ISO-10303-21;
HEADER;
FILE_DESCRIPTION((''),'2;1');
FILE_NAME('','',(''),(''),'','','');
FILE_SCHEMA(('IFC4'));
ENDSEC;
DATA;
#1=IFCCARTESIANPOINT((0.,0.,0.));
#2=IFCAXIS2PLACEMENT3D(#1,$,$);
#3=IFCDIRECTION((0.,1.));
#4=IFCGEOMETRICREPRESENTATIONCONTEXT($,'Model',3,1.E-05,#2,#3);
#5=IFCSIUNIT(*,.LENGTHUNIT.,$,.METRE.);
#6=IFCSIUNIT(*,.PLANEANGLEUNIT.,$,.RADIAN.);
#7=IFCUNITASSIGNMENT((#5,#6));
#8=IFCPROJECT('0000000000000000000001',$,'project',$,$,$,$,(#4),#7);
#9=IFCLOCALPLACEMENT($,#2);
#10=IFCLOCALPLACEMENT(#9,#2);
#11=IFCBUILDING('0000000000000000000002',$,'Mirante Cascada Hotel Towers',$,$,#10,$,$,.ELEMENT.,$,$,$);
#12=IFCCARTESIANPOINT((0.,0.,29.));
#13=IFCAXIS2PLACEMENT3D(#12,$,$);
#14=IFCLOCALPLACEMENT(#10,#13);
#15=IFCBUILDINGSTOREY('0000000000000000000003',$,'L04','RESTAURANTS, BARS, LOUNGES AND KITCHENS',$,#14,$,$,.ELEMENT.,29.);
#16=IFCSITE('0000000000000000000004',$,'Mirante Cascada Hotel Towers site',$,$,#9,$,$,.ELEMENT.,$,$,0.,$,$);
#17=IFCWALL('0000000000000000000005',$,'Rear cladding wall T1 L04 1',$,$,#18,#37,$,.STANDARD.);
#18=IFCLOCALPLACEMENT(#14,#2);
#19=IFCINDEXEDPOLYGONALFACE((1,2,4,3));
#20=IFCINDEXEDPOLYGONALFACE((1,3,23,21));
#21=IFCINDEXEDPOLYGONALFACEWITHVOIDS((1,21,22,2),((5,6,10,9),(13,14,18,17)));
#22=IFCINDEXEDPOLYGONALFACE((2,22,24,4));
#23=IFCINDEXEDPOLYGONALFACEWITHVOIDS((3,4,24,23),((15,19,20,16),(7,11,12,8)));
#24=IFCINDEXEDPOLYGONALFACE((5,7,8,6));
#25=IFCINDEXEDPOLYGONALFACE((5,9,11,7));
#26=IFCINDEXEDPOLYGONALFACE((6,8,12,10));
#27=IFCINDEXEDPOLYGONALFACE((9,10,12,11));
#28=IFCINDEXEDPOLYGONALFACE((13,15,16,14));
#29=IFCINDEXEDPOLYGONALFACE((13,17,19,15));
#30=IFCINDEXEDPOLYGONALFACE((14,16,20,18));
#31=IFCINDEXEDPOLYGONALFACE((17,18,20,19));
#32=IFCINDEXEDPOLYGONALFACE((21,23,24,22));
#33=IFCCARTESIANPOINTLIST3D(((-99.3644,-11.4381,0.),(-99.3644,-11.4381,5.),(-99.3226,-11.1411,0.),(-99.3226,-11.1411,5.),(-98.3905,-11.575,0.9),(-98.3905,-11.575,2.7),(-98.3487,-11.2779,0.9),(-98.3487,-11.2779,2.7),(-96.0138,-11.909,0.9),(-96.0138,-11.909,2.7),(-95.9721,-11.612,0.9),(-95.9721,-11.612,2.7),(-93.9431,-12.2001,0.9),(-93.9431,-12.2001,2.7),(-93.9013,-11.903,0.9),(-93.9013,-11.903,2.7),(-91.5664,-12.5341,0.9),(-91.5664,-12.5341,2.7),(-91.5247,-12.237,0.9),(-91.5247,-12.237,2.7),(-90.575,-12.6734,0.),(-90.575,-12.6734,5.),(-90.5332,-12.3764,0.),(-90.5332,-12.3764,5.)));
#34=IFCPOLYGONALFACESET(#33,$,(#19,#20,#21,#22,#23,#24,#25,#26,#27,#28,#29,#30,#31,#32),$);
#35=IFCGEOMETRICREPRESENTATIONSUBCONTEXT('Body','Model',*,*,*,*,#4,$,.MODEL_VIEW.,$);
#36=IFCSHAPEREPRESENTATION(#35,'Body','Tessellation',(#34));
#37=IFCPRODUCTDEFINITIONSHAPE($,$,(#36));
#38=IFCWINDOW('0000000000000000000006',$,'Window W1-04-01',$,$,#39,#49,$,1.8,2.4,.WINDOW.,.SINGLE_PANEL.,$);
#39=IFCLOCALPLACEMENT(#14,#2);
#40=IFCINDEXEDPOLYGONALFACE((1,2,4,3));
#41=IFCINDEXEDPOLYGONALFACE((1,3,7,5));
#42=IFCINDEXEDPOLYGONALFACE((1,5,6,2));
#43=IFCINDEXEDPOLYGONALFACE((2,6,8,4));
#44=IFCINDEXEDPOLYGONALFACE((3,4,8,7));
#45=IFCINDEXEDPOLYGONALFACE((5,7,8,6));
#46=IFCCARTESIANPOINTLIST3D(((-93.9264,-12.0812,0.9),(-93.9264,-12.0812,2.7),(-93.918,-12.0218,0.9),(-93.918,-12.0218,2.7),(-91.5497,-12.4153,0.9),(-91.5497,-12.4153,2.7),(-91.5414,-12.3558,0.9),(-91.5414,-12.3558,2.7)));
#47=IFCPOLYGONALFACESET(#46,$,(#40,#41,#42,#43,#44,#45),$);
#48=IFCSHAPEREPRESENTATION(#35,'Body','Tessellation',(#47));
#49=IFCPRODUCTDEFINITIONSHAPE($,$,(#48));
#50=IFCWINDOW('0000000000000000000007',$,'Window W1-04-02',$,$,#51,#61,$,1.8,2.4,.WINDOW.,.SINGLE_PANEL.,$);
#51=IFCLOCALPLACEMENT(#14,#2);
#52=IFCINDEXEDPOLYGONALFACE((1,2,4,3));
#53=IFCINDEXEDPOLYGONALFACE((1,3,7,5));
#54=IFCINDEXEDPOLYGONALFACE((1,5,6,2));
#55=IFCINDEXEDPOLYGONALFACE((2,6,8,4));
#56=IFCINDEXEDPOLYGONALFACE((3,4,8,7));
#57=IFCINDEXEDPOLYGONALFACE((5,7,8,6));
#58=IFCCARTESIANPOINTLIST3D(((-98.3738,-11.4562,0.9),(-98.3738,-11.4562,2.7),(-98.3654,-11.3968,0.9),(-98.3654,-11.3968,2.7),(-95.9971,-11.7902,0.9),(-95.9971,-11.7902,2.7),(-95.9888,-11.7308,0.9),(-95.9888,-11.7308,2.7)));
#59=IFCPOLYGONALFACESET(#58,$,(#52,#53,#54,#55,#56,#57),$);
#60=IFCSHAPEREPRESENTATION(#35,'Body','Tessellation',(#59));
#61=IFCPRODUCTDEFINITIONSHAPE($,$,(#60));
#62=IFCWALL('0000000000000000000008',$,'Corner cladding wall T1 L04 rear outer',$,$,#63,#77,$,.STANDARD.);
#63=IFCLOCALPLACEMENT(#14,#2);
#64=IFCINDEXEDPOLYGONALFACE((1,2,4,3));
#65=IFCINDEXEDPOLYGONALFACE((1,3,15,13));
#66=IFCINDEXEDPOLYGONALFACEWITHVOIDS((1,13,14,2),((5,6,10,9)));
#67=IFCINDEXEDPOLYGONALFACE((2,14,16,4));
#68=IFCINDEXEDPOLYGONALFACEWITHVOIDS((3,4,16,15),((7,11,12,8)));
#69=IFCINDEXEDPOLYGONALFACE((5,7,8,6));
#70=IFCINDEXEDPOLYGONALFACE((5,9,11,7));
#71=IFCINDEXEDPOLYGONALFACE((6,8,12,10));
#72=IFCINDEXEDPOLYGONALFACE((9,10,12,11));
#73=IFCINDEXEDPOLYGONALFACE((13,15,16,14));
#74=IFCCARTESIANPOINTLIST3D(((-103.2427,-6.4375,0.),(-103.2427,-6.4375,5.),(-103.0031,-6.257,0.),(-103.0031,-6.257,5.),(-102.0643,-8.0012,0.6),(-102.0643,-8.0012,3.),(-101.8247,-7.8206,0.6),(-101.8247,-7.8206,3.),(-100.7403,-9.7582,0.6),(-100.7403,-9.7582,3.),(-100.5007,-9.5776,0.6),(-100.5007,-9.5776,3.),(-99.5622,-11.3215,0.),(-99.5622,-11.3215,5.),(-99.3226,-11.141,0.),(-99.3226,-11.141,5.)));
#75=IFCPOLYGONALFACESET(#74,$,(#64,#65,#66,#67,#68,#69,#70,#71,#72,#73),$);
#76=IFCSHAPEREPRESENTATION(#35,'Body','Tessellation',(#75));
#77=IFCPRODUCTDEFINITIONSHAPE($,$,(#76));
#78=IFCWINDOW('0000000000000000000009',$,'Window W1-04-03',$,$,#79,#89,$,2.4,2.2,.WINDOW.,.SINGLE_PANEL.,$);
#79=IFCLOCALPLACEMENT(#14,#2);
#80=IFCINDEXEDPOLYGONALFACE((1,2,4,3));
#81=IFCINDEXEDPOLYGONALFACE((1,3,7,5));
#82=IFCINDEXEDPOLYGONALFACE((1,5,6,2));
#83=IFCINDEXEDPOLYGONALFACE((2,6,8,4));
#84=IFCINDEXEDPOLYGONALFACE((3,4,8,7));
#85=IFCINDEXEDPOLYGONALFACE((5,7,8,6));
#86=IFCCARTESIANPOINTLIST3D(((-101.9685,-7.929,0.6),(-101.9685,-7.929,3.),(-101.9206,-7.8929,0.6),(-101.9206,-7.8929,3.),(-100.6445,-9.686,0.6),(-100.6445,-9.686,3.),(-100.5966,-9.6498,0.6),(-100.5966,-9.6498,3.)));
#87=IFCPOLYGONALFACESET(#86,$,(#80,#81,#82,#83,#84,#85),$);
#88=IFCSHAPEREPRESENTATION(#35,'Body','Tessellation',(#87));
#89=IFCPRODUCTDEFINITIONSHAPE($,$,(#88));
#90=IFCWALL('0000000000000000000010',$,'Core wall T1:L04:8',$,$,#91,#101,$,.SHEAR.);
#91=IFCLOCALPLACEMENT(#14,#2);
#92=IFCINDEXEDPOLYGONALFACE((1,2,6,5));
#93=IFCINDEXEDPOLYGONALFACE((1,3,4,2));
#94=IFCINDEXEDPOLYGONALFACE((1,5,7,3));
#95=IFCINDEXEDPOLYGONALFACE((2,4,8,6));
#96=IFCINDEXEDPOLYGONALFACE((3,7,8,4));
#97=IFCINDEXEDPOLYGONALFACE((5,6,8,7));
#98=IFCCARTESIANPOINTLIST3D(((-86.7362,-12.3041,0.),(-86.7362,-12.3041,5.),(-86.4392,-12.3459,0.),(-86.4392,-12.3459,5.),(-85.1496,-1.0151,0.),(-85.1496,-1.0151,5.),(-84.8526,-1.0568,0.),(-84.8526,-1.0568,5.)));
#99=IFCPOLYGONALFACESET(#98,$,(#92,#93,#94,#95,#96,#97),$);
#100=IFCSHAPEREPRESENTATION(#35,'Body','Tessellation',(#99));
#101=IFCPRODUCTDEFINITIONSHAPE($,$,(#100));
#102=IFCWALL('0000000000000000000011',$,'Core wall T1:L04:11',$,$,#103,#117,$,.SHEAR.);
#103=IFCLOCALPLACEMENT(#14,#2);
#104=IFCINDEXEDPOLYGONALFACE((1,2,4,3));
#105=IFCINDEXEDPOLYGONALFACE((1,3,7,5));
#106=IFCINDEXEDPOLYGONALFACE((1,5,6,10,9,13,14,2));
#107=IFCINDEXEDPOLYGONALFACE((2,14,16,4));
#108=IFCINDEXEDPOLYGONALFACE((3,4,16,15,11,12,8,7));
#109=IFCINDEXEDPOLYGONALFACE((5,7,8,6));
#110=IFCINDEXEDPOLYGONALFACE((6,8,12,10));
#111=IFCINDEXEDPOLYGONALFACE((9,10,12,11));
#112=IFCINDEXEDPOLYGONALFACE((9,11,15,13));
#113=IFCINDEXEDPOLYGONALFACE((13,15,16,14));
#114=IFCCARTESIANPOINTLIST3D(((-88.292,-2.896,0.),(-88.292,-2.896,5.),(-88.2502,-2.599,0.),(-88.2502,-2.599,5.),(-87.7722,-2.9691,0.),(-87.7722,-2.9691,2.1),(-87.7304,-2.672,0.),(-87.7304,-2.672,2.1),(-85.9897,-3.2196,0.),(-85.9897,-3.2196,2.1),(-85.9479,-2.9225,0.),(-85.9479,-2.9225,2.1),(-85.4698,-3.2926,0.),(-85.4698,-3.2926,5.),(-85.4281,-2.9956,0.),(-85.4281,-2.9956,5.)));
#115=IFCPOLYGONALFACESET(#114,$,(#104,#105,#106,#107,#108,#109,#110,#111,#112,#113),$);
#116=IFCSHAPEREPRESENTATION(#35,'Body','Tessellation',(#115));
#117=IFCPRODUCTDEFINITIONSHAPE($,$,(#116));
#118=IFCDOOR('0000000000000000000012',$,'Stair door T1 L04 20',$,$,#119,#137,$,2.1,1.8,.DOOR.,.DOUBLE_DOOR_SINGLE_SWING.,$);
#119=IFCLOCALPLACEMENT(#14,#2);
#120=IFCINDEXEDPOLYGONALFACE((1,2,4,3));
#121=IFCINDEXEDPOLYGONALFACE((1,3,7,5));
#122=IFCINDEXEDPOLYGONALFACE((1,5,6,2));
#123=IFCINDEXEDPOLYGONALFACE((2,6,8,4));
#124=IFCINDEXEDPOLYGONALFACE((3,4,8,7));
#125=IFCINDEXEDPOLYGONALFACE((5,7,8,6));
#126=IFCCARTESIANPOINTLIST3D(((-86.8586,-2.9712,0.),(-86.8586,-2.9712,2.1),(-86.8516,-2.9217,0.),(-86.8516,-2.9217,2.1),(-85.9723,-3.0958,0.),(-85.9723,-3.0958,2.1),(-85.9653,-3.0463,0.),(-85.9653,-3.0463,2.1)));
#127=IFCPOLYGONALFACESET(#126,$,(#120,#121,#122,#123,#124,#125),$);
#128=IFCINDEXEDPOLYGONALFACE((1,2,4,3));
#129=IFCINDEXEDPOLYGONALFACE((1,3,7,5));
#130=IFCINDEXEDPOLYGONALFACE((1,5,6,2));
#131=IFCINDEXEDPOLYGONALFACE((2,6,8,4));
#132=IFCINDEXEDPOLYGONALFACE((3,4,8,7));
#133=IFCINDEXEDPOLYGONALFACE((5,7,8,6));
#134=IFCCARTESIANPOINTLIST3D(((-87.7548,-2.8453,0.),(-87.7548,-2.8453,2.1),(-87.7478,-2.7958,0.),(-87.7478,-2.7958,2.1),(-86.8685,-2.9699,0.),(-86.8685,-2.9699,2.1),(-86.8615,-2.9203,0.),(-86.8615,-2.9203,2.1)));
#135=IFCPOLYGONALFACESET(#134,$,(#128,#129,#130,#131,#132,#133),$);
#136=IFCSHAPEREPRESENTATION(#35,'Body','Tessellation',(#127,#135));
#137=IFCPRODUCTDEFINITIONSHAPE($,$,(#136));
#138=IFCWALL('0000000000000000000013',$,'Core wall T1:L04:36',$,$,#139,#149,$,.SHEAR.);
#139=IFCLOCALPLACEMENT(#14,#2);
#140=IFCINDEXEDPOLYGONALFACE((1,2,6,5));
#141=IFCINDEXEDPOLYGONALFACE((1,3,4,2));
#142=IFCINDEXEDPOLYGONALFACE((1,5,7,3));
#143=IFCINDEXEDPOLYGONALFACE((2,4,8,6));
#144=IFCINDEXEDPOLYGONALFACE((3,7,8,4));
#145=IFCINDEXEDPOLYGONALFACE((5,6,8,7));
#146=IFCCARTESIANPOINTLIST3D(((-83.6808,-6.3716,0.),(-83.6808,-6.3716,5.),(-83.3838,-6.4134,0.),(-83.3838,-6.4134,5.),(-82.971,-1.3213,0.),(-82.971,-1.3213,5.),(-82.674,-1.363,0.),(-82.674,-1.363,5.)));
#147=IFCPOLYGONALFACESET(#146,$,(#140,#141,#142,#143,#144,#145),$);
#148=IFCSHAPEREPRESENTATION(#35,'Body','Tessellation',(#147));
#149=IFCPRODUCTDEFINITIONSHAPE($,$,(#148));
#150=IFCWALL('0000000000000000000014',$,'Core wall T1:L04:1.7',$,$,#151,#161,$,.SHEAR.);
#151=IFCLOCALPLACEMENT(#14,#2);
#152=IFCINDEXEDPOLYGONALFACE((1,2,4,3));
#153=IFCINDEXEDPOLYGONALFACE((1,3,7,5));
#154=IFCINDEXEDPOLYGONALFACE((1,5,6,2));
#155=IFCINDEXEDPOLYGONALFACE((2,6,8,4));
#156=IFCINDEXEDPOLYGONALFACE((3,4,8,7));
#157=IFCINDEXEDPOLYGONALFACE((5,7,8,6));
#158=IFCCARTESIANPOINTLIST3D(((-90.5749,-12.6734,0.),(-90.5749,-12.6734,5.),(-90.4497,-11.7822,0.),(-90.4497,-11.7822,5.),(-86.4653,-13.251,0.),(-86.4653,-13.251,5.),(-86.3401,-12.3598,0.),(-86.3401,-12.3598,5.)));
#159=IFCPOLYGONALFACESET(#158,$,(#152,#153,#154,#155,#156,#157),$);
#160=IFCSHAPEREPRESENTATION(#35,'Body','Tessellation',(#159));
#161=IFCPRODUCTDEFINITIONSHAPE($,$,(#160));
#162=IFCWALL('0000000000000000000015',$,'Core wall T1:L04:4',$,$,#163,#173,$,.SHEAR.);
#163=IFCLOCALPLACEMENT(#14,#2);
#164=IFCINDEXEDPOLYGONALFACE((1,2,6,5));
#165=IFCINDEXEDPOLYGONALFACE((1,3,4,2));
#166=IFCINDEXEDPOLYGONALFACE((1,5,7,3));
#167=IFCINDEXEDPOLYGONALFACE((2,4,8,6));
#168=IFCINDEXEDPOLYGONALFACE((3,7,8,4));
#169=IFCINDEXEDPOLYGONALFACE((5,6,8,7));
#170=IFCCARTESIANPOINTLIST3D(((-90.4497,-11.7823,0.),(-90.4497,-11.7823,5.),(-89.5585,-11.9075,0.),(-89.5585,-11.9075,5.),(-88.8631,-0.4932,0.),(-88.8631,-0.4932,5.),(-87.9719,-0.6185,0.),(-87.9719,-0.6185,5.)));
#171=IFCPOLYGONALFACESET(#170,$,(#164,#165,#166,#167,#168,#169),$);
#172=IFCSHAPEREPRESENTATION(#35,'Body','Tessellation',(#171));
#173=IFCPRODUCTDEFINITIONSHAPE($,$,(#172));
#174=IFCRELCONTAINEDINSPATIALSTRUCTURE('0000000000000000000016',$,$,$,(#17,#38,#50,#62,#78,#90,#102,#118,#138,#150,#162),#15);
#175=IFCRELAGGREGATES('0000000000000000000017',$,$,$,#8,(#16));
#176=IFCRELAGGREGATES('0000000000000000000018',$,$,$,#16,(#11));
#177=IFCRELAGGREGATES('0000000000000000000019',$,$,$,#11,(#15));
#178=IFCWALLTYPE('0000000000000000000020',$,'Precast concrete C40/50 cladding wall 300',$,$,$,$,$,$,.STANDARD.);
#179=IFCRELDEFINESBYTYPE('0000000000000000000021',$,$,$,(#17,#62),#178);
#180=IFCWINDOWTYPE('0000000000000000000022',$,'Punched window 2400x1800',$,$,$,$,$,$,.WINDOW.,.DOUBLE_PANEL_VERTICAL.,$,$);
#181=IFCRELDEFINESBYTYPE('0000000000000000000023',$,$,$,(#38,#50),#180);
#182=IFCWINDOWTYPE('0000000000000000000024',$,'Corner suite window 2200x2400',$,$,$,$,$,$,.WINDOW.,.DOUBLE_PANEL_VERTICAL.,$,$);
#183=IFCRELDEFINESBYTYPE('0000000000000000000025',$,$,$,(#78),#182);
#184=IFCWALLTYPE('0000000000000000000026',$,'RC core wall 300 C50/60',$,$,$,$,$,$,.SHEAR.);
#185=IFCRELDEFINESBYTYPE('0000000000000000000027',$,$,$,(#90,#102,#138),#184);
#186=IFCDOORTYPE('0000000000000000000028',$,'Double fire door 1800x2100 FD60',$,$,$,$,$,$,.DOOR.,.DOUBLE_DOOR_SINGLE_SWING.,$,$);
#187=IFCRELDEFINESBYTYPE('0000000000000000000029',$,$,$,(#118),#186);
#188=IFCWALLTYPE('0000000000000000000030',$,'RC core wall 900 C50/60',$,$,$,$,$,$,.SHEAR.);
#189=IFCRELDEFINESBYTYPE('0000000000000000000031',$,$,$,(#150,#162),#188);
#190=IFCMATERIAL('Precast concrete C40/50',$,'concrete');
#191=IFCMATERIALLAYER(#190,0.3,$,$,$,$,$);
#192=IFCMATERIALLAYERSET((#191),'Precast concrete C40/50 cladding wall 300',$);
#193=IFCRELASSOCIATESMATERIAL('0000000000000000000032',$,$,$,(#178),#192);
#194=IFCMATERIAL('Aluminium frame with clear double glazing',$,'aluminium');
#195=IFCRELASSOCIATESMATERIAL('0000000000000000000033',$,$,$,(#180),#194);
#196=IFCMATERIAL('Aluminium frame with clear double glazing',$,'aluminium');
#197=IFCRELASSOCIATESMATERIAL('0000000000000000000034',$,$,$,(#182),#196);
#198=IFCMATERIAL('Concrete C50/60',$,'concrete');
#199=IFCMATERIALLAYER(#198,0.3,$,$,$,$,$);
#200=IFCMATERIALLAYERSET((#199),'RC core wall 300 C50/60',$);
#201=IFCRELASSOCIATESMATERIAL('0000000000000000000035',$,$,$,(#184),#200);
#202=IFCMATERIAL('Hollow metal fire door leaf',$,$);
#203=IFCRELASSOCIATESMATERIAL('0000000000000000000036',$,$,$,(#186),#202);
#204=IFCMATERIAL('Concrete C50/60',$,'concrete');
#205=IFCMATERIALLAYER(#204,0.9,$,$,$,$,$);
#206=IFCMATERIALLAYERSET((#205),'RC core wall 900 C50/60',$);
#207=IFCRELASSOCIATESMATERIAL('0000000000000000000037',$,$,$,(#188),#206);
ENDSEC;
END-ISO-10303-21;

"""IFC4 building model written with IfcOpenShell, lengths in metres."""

from ifc_helpers import new_model, si_unit, direction, frame, frame_2d, origin, place, context, subcontext, project, spatial, rectangle, extrude, material, layer, layer_set, type_object, element, fill, save


model = new_model("IFC4")

# Units and contexts
model_context = context("Model", 3, precision=1e-05, world=origin(), true_north=direction((0.0, 1.0)))
body_context = subcontext(model_context, "Body", "Model", "MODEL_VIEW")
ifc_project = project(units=[si_unit("LENGTHUNIT", "METRE"), si_unit("PLANEANGLEUNIT", "RADIAN")], contexts=[model_context])

# Site, building, storey
site_placement = place(None, origin())
site = spatial("IfcSite", under=ifc_project, at=site_placement, Name="Mirante Cascada Hotel Towers site", CompositionType="ELEMENT", RefElevation=0.0)
building_placement = place(site_placement, origin())
building = spatial("IfcBuilding", under=site, at=building_placement, Name="Mirante Cascada Hotel Towers", CompositionType="ELEMENT")
storey_placement = place(building_placement, frame((0.0, 0.0, 29.0)))
storey = spatial("IfcBuildingStorey", under=building, at=storey_placement, Name="L04", Description="RESTAURANTS, BARS, LOUNGES AND KITCHENS", CompositionType="ELEMENT", Elevation=29.0)

# Wall, openings, windows
ifc_material_1 = material(Name="Precast concrete C40/50", Category="concrete")
ifc_layer_1 = layer(ifc_material_1, 0.3)
ifc_layer_set_1 = layer_set([ifc_layer_1], Name="Precast concrete C40/50 cladding wall 300")
wall_type_1 = type_object("IfcWallType", Name="Precast concrete C40/50 cladding wall 300", PredefinedType="STANDARD", material=ifc_layer_set_1)
wall_1_placement = place(storey_placement, frame((-90.5541, -12.5249, 0.0), z_axis=(0.0, 0.0, 1.0), x_axis=(-0.990268, 0.139177, 0.0)))
wall_1 = element("IfcWall", 1, at=wall_1_placement, inside=storey, type_object=wall_type_1, Name="Rear cladding wall T1 L04 1", PredefinedType="STANDARD", context=body_context, shape_type="SweptSolid", body=[
    extrude(rectangle(XDim=8.8758, YDim=0.3, at=frame_2d((4.4379, 0.0))), origin(), (0.0, 0.0, 1.0), 5.0),
])
opening_1_placement = place(wall_1_placement, frame((1.0012, 0.0, 0.9)))
opening_1 = element("IfcOpeningElement", 2, at=opening_1_placement, cuts=wall_1, PredefinedType="OPENING", context=body_context, shape_type="SweptSolid", body=[
    extrude(rectangle(XDim=2.4, YDim=1.8, at=frame_2d((1.2, 0.9))), frame((0.0, 0.15, 0.0), z_axis=(0.0, -1.0, 0.0), x_axis=(1.0, 0.0, 0.0)), (0.0, 0.0, 1.0), 0.3),
])
opening_2_placement = place(wall_1_placement, frame((5.4923, 0.0, 0.9)))
opening_2 = element("IfcOpeningElement", 3, at=opening_2_placement, cuts=wall_1, PredefinedType="OPENING", context=body_context, shape_type="SweptSolid", body=[
    extrude(rectangle(XDim=2.4, YDim=1.8, at=frame_2d((1.2, 0.9))), frame((0.0, 0.15, 0.0), z_axis=(0.0, -1.0, 0.0), x_axis=(1.0, 0.0, 0.0)), (0.0, 0.0, 1.0), 0.3),
])
ifc_material_2 = material(Name="Aluminium frame with clear double glazing", Category="aluminium")
window_type_1 = type_object("IfcWindowType", Name="Punched window 2400x1800", PartitioningType="DOUBLE_PANEL_VERTICAL", PredefinedType="WINDOW", material=ifc_material_2)
window_1_placement = place(opening_1_placement, origin())
window_1 = element("IfcWindow", 4, at=window_1_placement, inside=storey, type_object=window_type_1, Name="Window W1-04-01", OverallHeight=1.8, OverallWidth=2.4, PartitioningType="SINGLE_PANEL", PredefinedType="WINDOW", context=body_context, shape_type="SweptSolid", body=[
    extrude(rectangle(XDim=2.4, YDim=1.8, at=frame_2d((1.2, 0.9))), frame((0.0, 0.03, 0.0), z_axis=(0.0, -1.0, 0.0), x_axis=(1.0, 0.0, 0.0)), (0.0, 0.0, 1.0), 0.06),
])
fill(opening_1, window_1)
window_2_placement = place(opening_2_placement, origin())
window_2 = element("IfcWindow", 5, at=window_2_placement, inside=storey, type_object=window_type_1, Name="Window W1-04-02", OverallHeight=1.8, OverallWidth=2.4, PartitioningType="SINGLE_PANEL", PredefinedType="WINDOW", context=body_context, shape_type="SweptSolid", body=[
    extrude(rectangle(XDim=2.4, YDim=1.8, at=frame_2d((1.2, 0.9))), frame((0.0, 0.03, 0.0), z_axis=(0.0, -1.0, 0.0), x_axis=(1.0, 0.0, 0.0)), (0.0, 0.0, 1.0), 0.06),
])
fill(opening_2, window_2)

# Wall, opening, window
wall_2_placement = place(storey_placement, frame((-99.4424, -11.2313, 0.0), z_axis=(0.0, 0.0, 1.0), x_axis=(-0.601819, 0.798632, 0.0)))
wall_2 = element("IfcWall", 6, at=wall_2_placement, inside=storey, type_object=wall_type_1, Name="Corner cladding wall T1 L04 rear outer", PredefinedType="STANDARD", context=body_context, shape_type="SweptSolid", body=[
    extrude(rectangle(XDim=6.1155, YDim=0.3, at=frame_2d((3.0578, 0.0))), origin(), (0.0, 0.0, 1.0), 5.0),
])
opening_3_placement = place(wall_2_placement, frame((1.9576, 0.0, 0.6)))
opening_3 = element("IfcOpeningElement", 7, at=opening_3_placement, cuts=wall_2, PredefinedType="OPENING", context=body_context, shape_type="SweptSolid", body=[
    extrude(rectangle(XDim=2.2, YDim=2.4, at=frame_2d((1.1, 1.2))), frame((0.0, 0.15, 0.0), z_axis=(0.0, -1.0, 0.0), x_axis=(1.0, 0.0, 0.0)), (0.0, 0.0, 1.0), 0.3),
])
ifc_material_3 = material(Name="Aluminium frame with clear double glazing", Category="aluminium")
window_type_2 = type_object("IfcWindowType", Name="Corner suite window 2200x2400", PartitioningType="DOUBLE_PANEL_VERTICAL", PredefinedType="WINDOW", material=ifc_material_3)
window_3_placement = place(opening_3_placement, origin())
window_3 = element("IfcWindow", 8, at=window_3_placement, inside=storey, type_object=window_type_2, Name="Window W1-04-03", OverallHeight=2.4, OverallWidth=2.2, PartitioningType="SINGLE_PANEL", PredefinedType="WINDOW", context=body_context, shape_type="SweptSolid", body=[
    extrude(rectangle(XDim=2.2, YDim=2.4, at=frame_2d((1.1, 1.2))), frame((0.0, 0.03, 0.0), z_axis=(0.0, -1.0, 0.0), x_axis=(1.0, 0.0, 0.0)), (0.0, 0.0, 1.0), 0.06),
])
fill(opening_3, window_3)

# Wall
ifc_material_4 = material(Name="Concrete C50/60", Category="concrete")
ifc_layer_2 = layer(ifc_material_4, 0.3)
ifc_layer_set_2 = layer_set([ifc_layer_2], Name="RC core wall 300 C50/60")
wall_type_2 = type_object("IfcWallType", Name="RC core wall 300 C50/60", PredefinedType="SHEAR", material=ifc_layer_set_2)
wall_3_placement = place(storey_placement, frame((-86.5877, -12.325, 0.0), z_axis=(0.0, 0.0, 1.0), x_axis=(0.139175, 0.990268, 0.0)))
element("IfcWall", 9, at=wall_3_placement, inside=storey, type_object=wall_type_2, Name="Core wall T1:L04:8", PredefinedType="SHEAR", context=body_context, shape_type="SweptSolid", body=[
    extrude(rectangle(XDim=11.4, YDim=0.3, at=frame_2d((5.7, 0.0))), origin(), (0.0, 0.0, 1.0), 5.0),
])

# Wall, opening, door
wall_4_placement = place(storey_placement, frame((-85.4489, -3.1441, 0.0), z_axis=(0.0, 0.0, 1.0), x_axis=(-0.99027, 0.139161, 0.0)))
wall_4 = element("IfcWall", 10, at=wall_4_placement, inside=storey, type_object=wall_type_2, Name="Core wall T1:L04:11", PredefinedType="SHEAR", context=body_context, shape_type="SweptSolid", body=[
    extrude(rectangle(XDim=2.8499, YDim=0.3, at=frame_2d((1.425, 0.0))), origin(), (0.0, 0.0, 1.0), 5.0),
])
opening_4_placement = place(wall_4_placement, frame((0.525, 0.0, 0.0)))
opening_4 = element("IfcOpeningElement", 11, at=opening_4_placement, cuts=wall_4, PredefinedType="OPENING", context=body_context, shape_type="SweptSolid", body=[
    extrude(rectangle(XDim=1.8, YDim=2.1, at=frame_2d((0.9, 1.05))), frame((0.0, 0.15, 0.0), z_axis=(0.0, -1.0, 0.0), x_axis=(1.0, 0.0, 0.0)), (0.0, 0.0, 1.0), 0.3),
])
ifc_material_5 = material(Name="Hollow metal fire door leaf")
door_type_1 = type_object("IfcDoorType", Name="Double fire door 1800x2100 FD60", OperationType="DOUBLE_DOOR_SINGLE_SWING", PredefinedType="DOOR", material=ifc_material_5)
door_1_placement = place(opening_4_placement, origin())
door_1 = element("IfcDoor", 12, at=door_1_placement, inside=storey, type_object=door_type_1, Name="Stair door T1 L04 20", OperationType="DOUBLE_DOOR_SINGLE_SWING", OverallHeight=2.1, OverallWidth=1.8, PredefinedType="DOOR", context=body_context, shape_type="SweptSolid", body=[
    extrude(rectangle(XDim=0.895, YDim=2.1, at=frame_2d((0.4475, 1.05))), frame((0.0, 0.025, 0.0), z_axis=(0.0, -1.0, 0.0), x_axis=(1.0, 0.0, 0.0)), (0.0, 0.0, 1.0), 0.05),
    extrude(rectangle(XDim=0.895, YDim=2.1, at=frame_2d((1.3525, 1.05))), frame((0.0, 0.025, 0.0), z_axis=(0.0, -1.0, 0.0), x_axis=(1.0, 0.0, 0.0)), (0.0, 0.0, 1.0), 0.05),
])
fill(opening_4, door_1)

# Walls
wall_5_placement = place(storey_placement, frame((-83.5323, -6.3925, 0.0), z_axis=(0.0, 0.0, 1.0), x_axis=(0.139176, 0.990268, 0.0)))
element("IfcWall", 13, at=wall_5_placement, inside=storey, type_object=wall_type_2, Name="Core wall T1:L04:36", PredefinedType="SHEAR", context=body_context, shape_type="SweptSolid", body=[
    extrude(rectangle(XDim=5.1, YDim=0.3, at=frame_2d((2.55, 0.0))), origin(), (0.0, 0.0, 1.0), 5.0),
])
ifc_material_6 = material(Name="Concrete C50/60", Category="concrete")
ifc_layer_3 = layer(ifc_material_6, 0.9)
ifc_layer_set_3 = layer_set([ifc_layer_3], Name="RC core wall 900 C50/60")
wall_type_3 = type_object("IfcWallType", Name="RC core wall 900 C50/60", PredefinedType="SHEAR", material=ifc_layer_set_3)
wall_6_placement = place(storey_placement, frame((-86.4027, -12.8054, 0.0), z_axis=(0.0, 0.0, 1.0), x_axis=(-0.990267, 0.139181, 0.0)))
element("IfcWall", 14, at=wall_6_placement, inside=storey, type_object=wall_type_3, Name="Core wall T1:L04:1.7", PredefinedType="SHEAR", context=body_context, shape_type="SweptSolid", body=[
    extrude(rectangle(XDim=4.15, YDim=0.9, at=frame_2d((2.075, 0.0))), origin(), (0.0, 0.0, 1.0), 5.0),
])
wall_7_placement = place(storey_placement, frame((-90.0041, -11.8449, 0.0), z_axis=(0.0, 0.0, 1.0), x_axis=(0.139175, 0.990268, 0.0)))
element("IfcWall", 15, at=wall_7_placement, inside=storey, type_object=wall_type_3, Name="Core wall T1:L04:4", PredefinedType="SHEAR", context=body_context, shape_type="SweptSolid", body=[
    extrude(rectangle(XDim=11.4, YDim=0.9, at=frame_2d((5.7, 0.0))), origin(), (0.0, 0.0, 1.0), 5.0),
])

save(model, "model.ifc")
